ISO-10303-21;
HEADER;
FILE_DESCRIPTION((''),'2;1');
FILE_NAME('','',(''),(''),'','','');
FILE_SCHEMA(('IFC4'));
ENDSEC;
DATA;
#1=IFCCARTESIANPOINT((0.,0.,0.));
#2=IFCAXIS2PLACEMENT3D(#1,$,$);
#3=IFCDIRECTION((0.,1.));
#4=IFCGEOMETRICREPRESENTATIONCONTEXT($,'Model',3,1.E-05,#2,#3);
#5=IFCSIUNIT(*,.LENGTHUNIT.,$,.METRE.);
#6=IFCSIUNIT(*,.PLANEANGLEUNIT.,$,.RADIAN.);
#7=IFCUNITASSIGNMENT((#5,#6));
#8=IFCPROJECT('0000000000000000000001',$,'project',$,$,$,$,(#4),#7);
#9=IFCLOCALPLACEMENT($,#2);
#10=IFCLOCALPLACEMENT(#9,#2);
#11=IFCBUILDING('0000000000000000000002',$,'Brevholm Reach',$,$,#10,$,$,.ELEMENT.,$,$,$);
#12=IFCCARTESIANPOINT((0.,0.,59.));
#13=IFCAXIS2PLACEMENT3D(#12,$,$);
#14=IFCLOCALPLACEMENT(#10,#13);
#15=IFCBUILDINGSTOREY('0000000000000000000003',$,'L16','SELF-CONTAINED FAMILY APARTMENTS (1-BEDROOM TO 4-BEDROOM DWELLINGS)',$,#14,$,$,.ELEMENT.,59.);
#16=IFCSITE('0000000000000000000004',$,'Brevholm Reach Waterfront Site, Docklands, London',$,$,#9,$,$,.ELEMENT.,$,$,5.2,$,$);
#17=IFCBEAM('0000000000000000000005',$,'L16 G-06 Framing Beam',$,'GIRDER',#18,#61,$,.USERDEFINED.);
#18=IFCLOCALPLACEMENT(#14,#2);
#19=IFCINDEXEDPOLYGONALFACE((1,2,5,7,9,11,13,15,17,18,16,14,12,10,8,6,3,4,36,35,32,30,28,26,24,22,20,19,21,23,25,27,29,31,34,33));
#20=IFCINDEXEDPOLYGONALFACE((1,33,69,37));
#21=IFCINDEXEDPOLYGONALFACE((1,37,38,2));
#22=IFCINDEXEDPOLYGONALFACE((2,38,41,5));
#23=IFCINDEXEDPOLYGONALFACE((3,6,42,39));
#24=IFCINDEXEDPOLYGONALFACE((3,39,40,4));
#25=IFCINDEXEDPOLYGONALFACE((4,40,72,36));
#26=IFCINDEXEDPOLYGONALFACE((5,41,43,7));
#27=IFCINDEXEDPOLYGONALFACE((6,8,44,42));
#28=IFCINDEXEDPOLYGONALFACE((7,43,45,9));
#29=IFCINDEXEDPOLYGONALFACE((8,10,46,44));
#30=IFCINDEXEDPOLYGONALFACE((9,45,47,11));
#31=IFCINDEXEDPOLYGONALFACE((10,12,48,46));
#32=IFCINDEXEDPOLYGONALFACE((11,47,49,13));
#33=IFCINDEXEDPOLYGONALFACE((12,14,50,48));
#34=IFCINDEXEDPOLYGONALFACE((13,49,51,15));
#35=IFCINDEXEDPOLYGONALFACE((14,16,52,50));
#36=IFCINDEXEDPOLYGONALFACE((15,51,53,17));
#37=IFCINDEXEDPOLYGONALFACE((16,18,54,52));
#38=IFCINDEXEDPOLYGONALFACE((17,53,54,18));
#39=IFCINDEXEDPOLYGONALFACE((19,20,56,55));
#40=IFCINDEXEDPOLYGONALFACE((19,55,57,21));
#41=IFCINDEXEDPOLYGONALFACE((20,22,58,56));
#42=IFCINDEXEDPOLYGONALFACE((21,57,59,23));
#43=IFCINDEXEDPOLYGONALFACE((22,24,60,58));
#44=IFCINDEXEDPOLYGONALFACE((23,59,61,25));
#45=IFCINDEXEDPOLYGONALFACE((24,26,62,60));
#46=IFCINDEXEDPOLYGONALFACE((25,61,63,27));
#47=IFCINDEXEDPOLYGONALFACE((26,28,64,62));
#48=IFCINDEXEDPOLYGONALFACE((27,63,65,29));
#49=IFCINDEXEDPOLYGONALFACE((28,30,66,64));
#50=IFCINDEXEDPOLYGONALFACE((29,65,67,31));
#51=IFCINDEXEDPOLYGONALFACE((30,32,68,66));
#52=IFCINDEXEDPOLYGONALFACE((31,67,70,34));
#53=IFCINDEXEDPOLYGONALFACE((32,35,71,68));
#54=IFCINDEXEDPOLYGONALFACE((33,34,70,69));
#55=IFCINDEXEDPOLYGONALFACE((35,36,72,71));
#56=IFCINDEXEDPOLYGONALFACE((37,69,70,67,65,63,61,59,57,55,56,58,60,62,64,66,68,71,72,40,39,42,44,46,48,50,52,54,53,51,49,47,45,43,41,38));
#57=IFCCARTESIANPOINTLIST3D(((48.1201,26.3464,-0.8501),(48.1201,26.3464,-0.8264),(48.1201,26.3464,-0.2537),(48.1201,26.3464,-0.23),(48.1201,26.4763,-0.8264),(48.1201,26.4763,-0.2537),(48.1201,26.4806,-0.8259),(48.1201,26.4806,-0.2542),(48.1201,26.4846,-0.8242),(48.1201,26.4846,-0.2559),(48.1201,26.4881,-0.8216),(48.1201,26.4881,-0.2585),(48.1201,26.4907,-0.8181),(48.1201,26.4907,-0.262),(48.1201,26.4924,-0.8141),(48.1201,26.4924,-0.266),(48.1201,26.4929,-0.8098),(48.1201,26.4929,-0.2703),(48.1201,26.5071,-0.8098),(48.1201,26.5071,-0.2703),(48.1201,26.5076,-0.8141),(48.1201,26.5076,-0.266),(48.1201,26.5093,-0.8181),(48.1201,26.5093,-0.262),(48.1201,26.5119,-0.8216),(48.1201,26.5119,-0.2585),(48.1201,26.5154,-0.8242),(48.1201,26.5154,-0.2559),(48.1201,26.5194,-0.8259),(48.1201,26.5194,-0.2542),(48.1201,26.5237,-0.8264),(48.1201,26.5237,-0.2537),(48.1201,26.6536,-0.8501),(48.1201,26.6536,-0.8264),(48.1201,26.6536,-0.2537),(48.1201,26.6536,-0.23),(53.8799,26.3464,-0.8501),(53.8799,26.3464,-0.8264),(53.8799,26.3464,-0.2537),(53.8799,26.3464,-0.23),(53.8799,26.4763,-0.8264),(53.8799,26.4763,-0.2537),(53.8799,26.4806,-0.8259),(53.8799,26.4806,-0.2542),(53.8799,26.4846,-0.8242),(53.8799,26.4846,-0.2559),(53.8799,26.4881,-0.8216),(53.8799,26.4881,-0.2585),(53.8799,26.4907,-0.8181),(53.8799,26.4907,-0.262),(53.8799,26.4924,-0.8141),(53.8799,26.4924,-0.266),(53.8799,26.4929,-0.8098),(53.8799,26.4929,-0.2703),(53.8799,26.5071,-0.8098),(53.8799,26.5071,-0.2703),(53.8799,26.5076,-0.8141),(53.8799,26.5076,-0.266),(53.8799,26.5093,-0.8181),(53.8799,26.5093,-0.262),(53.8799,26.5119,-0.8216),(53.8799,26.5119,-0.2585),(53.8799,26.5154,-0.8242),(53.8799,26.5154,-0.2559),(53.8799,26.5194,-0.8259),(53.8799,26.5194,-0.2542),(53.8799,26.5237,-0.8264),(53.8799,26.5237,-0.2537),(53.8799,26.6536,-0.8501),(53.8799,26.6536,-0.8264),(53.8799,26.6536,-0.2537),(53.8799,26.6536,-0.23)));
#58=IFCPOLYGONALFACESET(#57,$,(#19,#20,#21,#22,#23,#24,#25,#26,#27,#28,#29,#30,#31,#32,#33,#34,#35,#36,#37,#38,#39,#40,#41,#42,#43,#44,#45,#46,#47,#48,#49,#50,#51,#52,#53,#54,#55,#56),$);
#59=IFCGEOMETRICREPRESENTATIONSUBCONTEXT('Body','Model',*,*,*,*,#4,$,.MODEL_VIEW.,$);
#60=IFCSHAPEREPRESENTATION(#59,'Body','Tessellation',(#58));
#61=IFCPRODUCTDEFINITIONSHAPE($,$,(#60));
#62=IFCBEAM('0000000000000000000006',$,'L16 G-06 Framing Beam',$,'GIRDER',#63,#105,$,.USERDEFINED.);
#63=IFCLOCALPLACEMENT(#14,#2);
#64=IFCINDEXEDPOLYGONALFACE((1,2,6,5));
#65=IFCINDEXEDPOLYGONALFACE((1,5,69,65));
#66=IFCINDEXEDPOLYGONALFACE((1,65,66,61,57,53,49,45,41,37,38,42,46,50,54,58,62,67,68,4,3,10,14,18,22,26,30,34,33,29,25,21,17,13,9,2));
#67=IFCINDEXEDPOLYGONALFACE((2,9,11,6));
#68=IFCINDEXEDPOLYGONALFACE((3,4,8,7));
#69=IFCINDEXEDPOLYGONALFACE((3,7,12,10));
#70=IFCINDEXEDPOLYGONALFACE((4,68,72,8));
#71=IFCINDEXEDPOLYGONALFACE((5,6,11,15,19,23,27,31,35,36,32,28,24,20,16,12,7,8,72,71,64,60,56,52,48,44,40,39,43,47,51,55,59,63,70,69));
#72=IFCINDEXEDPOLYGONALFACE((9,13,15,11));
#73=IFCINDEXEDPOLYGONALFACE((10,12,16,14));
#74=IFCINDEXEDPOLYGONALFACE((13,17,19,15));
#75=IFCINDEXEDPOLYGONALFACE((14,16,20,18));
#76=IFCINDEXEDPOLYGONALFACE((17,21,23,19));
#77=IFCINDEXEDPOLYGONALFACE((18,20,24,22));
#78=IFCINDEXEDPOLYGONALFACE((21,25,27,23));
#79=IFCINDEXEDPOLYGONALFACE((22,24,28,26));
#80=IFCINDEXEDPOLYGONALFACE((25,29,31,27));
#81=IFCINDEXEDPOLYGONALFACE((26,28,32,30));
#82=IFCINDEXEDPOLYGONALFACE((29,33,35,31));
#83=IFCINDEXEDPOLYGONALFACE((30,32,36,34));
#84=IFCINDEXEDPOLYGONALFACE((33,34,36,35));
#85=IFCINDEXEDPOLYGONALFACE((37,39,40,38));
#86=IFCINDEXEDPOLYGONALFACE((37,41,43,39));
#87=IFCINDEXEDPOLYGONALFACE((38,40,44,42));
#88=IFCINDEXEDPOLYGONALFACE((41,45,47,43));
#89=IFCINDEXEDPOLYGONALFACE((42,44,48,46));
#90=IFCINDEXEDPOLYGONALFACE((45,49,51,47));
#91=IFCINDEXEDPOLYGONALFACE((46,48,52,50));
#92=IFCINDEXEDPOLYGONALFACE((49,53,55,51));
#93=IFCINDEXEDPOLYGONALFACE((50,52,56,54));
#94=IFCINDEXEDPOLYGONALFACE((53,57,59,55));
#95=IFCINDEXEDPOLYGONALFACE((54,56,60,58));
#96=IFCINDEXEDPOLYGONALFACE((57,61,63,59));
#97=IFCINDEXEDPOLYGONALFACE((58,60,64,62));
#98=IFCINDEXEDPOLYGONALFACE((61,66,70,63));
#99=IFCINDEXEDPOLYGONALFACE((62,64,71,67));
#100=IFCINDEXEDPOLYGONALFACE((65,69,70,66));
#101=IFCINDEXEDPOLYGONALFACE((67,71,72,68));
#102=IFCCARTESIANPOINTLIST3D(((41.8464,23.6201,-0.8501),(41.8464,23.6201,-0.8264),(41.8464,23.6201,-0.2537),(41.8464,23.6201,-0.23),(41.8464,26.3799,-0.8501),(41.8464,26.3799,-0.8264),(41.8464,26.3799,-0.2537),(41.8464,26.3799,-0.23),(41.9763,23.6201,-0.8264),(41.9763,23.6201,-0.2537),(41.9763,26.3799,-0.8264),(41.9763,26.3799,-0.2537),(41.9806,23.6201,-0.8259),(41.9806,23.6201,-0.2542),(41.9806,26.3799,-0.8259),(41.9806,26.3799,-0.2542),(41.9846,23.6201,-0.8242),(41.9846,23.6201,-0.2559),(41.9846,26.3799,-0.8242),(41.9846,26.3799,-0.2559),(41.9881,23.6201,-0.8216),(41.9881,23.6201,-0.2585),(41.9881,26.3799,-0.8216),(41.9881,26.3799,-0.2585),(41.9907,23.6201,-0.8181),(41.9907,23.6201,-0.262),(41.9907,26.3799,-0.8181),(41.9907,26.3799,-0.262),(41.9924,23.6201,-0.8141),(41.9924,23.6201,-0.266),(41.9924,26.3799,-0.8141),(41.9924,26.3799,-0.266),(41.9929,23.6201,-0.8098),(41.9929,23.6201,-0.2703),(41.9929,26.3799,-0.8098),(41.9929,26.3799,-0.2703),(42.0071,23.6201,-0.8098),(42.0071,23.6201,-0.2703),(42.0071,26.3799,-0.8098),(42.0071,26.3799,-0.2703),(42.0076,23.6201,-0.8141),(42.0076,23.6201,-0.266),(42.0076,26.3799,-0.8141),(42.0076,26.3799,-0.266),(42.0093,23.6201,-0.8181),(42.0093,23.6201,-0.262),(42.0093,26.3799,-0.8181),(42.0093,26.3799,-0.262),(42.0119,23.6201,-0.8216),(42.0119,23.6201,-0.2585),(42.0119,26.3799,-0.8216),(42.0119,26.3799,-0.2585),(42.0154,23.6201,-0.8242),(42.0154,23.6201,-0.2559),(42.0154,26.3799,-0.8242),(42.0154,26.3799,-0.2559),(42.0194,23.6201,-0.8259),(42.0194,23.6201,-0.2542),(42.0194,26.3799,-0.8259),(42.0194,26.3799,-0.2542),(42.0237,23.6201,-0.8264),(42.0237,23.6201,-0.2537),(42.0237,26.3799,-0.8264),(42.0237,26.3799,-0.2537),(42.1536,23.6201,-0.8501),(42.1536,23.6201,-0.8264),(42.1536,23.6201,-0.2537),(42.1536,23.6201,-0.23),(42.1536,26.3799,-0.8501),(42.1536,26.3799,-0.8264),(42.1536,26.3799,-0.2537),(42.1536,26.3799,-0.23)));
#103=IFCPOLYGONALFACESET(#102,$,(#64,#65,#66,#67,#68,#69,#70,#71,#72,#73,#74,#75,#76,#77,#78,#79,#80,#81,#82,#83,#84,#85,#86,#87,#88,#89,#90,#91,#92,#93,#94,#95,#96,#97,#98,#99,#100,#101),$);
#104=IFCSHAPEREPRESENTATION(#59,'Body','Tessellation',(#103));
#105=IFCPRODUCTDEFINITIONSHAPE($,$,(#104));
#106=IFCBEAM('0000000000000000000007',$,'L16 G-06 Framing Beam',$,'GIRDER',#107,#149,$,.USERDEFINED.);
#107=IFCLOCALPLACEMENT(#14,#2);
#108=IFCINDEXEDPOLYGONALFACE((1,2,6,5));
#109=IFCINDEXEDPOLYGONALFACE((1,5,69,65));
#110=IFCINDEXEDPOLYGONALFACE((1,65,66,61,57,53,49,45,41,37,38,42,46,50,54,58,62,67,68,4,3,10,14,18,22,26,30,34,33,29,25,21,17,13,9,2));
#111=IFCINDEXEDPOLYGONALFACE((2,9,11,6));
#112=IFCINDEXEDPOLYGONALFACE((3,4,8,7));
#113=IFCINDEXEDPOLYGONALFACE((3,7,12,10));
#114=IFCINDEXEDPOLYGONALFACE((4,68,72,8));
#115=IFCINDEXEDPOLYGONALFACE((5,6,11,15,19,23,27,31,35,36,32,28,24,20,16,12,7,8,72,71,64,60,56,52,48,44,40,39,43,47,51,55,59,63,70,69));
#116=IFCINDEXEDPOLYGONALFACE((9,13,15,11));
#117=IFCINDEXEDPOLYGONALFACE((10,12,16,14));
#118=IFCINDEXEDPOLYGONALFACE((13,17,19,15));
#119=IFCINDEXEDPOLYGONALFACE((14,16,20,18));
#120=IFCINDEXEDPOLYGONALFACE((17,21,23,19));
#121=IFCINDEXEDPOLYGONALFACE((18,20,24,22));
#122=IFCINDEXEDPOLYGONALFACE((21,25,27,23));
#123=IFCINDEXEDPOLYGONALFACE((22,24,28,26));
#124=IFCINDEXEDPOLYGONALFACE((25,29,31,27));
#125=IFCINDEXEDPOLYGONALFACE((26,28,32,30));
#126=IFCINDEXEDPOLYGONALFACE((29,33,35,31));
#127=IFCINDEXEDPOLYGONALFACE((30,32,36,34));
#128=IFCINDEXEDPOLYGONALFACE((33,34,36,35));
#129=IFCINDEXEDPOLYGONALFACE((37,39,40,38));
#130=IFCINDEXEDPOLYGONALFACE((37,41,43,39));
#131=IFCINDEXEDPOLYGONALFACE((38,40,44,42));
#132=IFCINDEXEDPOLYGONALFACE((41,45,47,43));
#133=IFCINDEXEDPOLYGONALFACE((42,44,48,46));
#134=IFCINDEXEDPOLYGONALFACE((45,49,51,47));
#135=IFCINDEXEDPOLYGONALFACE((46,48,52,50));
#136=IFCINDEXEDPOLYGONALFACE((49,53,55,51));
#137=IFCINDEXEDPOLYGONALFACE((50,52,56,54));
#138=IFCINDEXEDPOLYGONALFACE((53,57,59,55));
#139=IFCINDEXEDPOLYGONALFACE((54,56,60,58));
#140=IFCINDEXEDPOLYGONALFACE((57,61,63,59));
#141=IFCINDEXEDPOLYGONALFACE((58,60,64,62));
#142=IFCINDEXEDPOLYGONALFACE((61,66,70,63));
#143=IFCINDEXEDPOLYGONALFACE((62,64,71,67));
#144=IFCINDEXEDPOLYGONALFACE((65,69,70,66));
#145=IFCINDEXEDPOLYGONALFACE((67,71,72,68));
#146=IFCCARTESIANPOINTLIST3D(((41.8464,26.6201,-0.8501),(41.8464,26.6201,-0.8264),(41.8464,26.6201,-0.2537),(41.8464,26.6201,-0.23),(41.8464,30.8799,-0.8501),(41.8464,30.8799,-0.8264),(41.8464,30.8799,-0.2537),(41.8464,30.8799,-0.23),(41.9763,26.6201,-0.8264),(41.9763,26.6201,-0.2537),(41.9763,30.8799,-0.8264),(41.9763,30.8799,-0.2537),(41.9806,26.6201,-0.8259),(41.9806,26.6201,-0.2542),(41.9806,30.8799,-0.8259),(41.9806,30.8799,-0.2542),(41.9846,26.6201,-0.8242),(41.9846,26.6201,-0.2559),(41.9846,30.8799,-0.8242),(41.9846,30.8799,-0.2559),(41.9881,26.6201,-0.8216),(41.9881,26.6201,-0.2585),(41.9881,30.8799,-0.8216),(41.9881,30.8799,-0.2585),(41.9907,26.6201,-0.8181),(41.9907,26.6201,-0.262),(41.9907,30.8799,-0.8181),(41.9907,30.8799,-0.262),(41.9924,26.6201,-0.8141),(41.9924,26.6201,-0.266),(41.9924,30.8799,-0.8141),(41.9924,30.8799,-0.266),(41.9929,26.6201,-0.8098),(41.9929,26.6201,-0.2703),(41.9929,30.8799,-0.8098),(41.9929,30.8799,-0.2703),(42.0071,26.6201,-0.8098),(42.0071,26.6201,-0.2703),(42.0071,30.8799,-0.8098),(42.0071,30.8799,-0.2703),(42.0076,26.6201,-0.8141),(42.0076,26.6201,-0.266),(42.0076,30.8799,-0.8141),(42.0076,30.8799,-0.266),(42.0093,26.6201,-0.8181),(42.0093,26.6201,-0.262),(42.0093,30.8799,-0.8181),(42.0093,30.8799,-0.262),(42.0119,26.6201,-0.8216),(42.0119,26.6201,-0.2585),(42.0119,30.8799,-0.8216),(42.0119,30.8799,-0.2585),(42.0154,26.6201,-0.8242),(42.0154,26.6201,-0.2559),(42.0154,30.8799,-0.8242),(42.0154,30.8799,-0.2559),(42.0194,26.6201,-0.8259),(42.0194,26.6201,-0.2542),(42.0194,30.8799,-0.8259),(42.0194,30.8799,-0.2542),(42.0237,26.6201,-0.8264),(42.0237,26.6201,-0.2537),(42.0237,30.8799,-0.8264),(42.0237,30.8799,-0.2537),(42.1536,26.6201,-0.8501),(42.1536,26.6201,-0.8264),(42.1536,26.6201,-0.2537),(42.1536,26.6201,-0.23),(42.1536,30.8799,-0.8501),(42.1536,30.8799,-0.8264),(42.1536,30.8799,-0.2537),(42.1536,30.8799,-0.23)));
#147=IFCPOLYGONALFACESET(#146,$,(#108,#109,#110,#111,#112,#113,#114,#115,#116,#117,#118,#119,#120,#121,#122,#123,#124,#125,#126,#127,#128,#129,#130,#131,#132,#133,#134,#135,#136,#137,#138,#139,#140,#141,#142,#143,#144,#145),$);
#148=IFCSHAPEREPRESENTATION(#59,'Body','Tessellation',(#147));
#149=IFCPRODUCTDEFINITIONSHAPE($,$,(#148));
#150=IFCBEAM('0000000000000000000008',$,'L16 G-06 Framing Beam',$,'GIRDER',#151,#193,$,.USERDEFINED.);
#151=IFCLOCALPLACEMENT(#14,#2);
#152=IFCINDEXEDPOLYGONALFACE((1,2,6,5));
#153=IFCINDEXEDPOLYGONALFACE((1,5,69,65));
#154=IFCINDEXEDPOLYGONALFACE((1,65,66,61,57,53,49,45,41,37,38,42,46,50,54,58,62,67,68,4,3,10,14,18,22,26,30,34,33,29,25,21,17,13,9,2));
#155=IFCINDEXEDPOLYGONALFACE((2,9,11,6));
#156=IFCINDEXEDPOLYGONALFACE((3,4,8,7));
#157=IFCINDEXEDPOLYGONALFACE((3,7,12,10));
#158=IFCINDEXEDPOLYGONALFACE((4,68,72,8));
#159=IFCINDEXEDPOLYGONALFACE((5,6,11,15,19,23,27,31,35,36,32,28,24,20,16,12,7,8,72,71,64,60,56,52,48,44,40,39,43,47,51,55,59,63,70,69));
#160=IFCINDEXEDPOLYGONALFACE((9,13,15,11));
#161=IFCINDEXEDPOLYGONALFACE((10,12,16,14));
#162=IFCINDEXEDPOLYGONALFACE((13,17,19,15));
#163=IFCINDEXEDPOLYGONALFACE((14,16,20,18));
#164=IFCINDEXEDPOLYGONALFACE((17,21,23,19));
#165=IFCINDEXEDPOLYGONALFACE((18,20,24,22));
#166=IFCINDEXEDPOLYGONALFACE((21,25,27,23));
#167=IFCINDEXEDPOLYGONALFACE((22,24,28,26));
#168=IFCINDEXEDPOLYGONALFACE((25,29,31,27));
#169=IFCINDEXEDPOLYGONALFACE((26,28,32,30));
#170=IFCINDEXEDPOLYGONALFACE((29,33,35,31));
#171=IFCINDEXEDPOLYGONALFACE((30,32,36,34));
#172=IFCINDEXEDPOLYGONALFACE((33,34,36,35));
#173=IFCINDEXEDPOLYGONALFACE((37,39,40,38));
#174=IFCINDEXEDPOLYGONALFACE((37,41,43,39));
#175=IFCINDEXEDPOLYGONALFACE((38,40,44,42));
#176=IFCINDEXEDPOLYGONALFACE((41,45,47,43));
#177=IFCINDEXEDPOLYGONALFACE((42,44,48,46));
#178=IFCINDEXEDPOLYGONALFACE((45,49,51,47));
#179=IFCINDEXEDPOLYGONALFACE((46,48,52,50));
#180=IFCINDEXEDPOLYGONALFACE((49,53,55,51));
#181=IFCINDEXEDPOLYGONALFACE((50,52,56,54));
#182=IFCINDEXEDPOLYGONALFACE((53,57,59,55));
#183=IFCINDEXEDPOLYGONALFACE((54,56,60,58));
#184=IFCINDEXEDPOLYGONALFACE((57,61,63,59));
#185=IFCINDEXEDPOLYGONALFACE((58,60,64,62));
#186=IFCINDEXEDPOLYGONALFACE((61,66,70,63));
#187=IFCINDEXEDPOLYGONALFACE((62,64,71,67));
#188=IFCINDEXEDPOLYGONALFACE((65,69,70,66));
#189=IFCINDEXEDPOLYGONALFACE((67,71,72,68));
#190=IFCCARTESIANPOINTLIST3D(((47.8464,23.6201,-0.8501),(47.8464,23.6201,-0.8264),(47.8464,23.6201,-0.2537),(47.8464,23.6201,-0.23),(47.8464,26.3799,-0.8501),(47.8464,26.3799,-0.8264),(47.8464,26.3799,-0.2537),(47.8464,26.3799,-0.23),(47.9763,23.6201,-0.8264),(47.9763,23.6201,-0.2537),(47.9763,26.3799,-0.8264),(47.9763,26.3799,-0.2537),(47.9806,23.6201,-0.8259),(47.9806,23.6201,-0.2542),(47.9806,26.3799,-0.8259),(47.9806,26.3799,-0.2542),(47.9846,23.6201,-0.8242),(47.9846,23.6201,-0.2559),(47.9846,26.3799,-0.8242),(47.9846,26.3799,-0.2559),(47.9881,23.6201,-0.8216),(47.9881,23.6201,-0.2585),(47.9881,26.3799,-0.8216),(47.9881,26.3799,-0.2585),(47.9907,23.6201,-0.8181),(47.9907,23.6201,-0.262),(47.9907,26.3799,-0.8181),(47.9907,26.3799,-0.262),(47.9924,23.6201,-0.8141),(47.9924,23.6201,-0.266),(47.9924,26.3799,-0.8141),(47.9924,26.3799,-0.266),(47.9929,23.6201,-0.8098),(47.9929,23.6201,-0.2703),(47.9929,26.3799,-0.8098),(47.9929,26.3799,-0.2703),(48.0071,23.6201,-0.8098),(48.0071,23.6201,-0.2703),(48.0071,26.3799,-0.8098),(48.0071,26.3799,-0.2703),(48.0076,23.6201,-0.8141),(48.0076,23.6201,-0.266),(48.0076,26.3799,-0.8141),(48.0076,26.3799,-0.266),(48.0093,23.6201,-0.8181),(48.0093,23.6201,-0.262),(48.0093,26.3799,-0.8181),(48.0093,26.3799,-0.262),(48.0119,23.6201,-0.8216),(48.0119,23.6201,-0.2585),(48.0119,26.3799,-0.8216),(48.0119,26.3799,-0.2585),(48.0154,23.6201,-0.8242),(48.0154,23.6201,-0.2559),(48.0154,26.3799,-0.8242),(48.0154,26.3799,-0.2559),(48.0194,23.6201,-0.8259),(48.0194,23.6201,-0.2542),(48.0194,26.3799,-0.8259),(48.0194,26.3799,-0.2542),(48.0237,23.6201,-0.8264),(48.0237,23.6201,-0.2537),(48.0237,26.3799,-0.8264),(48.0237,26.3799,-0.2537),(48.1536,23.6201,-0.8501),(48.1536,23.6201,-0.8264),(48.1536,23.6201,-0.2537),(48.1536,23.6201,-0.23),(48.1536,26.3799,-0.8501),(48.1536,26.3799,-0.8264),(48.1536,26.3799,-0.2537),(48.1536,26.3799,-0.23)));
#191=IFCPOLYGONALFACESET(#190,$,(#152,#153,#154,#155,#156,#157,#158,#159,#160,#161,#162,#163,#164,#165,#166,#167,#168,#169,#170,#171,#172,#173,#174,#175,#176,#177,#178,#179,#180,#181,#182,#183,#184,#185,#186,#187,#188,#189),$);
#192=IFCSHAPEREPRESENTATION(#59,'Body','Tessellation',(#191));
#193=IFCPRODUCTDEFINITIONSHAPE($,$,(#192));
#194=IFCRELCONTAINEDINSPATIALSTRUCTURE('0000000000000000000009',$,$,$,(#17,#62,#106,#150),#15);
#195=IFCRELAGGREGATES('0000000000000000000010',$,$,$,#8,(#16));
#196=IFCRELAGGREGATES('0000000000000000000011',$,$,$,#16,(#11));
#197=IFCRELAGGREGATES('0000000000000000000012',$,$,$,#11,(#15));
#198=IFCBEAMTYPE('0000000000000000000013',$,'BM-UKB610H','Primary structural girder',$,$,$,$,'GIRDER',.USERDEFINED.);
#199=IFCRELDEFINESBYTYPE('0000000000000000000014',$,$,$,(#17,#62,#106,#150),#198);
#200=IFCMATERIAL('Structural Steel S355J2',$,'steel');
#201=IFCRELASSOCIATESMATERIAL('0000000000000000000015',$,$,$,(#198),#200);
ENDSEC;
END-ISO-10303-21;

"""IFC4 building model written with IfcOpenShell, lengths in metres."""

from ifc_helpers import new_model, si_unit, direction, frame, origin, origin_2d, place, context, subcontext, project, spatial, i_section, extrude, material, material_profile, profile_set, type_object, element, save


model = new_model("IFC4")

# Units and contexts
model_context = context("Model", 3, precision=1e-05, world=origin(), true_north=direction((0.0, 1.0)))
body_context = subcontext(model_context, "Body", "Model", "MODEL_VIEW")
ifc_project = project(units=[si_unit("LENGTHUNIT", "METRE"), si_unit("PLANEANGLEUNIT", "RADIAN")], contexts=[model_context])

# Site, building, storey
site_placement = place(None, origin())
site = spatial("IfcSite", under=ifc_project, at=site_placement, Name="Brevholm Reach Waterfront Site, Docklands, London", CompositionType="ELEMENT", RefElevation=5.2)
building_placement = place(site_placement, origin())
building = spatial("IfcBuilding", under=site, at=building_placement, Name="Brevholm Reach", CompositionType="ELEMENT")
storey_placement = place(building_placement, frame((0.0, 0.0, 59.0)))
storey = spatial("IfcBuildingStorey", under=building, at=storey_placement, Name="L16", Description="SELF-CONTAINED FAMILY APARTMENTS (1-BEDROOM TO 4-BEDROOM DWELLINGS)", CompositionType="ELEMENT", Elevation=59.0)

# Beams
ifc_material_1 = material(Name="Structural Steel S355J2", Category="steel")
ifc_material_profile_1 = material_profile(ifc_material_1, i_section(OverallWidth=0.3071, OverallDepth=0.6201, WebThickness=0.0142, FlangeThickness=0.0237, FilletRadius=0.0166, at=origin_2d()), Name="UKB 610x305x179")
ifc_profile_set_1 = profile_set([ifc_material_profile_1], Name="Structural Steel S355J2")
beam_type_1 = type_object("IfcBeamType", Name="BM-UKB610H", Description="Primary structural girder", ElementType="GIRDER", PredefinedType="USERDEFINED", material=ifc_profile_set_1)
for number, where, z_axis, x_axis, name in (
    (1, (48.1201, 26.5, -0.54), (1.0, 0.0, 0.0), (0.0, 1.0, 0.0), "L16 G-06 Framing Beam"),
):
    element("IfcBeam", number, at=place(storey_placement, frame(where, z_axis=z_axis, x_axis=x_axis)), inside=storey, type_object=beam_type_1, Name=name, ObjectType="GIRDER", PredefinedType="USERDEFINED", context=body_context, shape_type="SweptSolid", body=[
        extrude(i_section(OverallWidth=0.3071, OverallDepth=0.6201, WebThickness=0.0142, FlangeThickness=0.0237, FilletRadius=0.0166, at=origin_2d()), origin(), (0.0, 0.0, 1.0), 5.7598),
    ])
beam_1_placement = place(storey_placement, frame((42.0, 23.6201, -0.54), z_axis=(0.0, 1.0, 0.0), x_axis=(-1.0, 0.0, 0.0)))
element("IfcBeam", 2, at=beam_1_placement, inside=storey, type_object=beam_type_1, Name="L16 G-06 Framing Beam", ObjectType="GIRDER", PredefinedType="USERDEFINED", context=body_context, shape_type="SweptSolid", body=[
    extrude(i_section(OverallWidth=0.3071, OverallDepth=0.6201, WebThickness=0.0142, FlangeThickness=0.0237, FilletRadius=0.0166, at=origin_2d()), origin(), (0.0, 0.0, 1.0), 2.7598),
])
beam_2_placement = place(storey_placement, frame((42.0, 26.6201, -0.54), z_axis=(0.0, 1.0, 0.0), x_axis=(-1.0, 0.0, 0.0)))
element("IfcBeam", 3, at=beam_2_placement, inside=storey, type_object=beam_type_1, Name="L16 G-06 Framing Beam", ObjectType="GIRDER", PredefinedType="USERDEFINED", context=body_context, shape_type="SweptSolid", body=[
    extrude(i_section(OverallWidth=0.3071, OverallDepth=0.6201, WebThickness=0.0142, FlangeThickness=0.0237, FilletRadius=0.0166, at=origin_2d()), origin(), (0.0, 0.0, 1.0), 4.2598),
])
beam_3_placement = place(storey_placement, frame((48.0, 23.6201, -0.54), z_axis=(0.0, 1.0, 0.0), x_axis=(-1.0, 0.0, 0.0)))
element("IfcBeam", 4, at=beam_3_placement, inside=storey, type_object=beam_type_1, Name="L16 G-06 Framing Beam", ObjectType="GIRDER", PredefinedType="USERDEFINED", context=body_context, shape_type="SweptSolid", body=[
    extrude(i_section(OverallWidth=0.3071, OverallDepth=0.6201, WebThickness=0.0142, FlangeThickness=0.0237, FilletRadius=0.0166, at=origin_2d()), origin(), (0.0, 0.0, 1.0), 2.7598),
])

save(model, "model.ifc")
